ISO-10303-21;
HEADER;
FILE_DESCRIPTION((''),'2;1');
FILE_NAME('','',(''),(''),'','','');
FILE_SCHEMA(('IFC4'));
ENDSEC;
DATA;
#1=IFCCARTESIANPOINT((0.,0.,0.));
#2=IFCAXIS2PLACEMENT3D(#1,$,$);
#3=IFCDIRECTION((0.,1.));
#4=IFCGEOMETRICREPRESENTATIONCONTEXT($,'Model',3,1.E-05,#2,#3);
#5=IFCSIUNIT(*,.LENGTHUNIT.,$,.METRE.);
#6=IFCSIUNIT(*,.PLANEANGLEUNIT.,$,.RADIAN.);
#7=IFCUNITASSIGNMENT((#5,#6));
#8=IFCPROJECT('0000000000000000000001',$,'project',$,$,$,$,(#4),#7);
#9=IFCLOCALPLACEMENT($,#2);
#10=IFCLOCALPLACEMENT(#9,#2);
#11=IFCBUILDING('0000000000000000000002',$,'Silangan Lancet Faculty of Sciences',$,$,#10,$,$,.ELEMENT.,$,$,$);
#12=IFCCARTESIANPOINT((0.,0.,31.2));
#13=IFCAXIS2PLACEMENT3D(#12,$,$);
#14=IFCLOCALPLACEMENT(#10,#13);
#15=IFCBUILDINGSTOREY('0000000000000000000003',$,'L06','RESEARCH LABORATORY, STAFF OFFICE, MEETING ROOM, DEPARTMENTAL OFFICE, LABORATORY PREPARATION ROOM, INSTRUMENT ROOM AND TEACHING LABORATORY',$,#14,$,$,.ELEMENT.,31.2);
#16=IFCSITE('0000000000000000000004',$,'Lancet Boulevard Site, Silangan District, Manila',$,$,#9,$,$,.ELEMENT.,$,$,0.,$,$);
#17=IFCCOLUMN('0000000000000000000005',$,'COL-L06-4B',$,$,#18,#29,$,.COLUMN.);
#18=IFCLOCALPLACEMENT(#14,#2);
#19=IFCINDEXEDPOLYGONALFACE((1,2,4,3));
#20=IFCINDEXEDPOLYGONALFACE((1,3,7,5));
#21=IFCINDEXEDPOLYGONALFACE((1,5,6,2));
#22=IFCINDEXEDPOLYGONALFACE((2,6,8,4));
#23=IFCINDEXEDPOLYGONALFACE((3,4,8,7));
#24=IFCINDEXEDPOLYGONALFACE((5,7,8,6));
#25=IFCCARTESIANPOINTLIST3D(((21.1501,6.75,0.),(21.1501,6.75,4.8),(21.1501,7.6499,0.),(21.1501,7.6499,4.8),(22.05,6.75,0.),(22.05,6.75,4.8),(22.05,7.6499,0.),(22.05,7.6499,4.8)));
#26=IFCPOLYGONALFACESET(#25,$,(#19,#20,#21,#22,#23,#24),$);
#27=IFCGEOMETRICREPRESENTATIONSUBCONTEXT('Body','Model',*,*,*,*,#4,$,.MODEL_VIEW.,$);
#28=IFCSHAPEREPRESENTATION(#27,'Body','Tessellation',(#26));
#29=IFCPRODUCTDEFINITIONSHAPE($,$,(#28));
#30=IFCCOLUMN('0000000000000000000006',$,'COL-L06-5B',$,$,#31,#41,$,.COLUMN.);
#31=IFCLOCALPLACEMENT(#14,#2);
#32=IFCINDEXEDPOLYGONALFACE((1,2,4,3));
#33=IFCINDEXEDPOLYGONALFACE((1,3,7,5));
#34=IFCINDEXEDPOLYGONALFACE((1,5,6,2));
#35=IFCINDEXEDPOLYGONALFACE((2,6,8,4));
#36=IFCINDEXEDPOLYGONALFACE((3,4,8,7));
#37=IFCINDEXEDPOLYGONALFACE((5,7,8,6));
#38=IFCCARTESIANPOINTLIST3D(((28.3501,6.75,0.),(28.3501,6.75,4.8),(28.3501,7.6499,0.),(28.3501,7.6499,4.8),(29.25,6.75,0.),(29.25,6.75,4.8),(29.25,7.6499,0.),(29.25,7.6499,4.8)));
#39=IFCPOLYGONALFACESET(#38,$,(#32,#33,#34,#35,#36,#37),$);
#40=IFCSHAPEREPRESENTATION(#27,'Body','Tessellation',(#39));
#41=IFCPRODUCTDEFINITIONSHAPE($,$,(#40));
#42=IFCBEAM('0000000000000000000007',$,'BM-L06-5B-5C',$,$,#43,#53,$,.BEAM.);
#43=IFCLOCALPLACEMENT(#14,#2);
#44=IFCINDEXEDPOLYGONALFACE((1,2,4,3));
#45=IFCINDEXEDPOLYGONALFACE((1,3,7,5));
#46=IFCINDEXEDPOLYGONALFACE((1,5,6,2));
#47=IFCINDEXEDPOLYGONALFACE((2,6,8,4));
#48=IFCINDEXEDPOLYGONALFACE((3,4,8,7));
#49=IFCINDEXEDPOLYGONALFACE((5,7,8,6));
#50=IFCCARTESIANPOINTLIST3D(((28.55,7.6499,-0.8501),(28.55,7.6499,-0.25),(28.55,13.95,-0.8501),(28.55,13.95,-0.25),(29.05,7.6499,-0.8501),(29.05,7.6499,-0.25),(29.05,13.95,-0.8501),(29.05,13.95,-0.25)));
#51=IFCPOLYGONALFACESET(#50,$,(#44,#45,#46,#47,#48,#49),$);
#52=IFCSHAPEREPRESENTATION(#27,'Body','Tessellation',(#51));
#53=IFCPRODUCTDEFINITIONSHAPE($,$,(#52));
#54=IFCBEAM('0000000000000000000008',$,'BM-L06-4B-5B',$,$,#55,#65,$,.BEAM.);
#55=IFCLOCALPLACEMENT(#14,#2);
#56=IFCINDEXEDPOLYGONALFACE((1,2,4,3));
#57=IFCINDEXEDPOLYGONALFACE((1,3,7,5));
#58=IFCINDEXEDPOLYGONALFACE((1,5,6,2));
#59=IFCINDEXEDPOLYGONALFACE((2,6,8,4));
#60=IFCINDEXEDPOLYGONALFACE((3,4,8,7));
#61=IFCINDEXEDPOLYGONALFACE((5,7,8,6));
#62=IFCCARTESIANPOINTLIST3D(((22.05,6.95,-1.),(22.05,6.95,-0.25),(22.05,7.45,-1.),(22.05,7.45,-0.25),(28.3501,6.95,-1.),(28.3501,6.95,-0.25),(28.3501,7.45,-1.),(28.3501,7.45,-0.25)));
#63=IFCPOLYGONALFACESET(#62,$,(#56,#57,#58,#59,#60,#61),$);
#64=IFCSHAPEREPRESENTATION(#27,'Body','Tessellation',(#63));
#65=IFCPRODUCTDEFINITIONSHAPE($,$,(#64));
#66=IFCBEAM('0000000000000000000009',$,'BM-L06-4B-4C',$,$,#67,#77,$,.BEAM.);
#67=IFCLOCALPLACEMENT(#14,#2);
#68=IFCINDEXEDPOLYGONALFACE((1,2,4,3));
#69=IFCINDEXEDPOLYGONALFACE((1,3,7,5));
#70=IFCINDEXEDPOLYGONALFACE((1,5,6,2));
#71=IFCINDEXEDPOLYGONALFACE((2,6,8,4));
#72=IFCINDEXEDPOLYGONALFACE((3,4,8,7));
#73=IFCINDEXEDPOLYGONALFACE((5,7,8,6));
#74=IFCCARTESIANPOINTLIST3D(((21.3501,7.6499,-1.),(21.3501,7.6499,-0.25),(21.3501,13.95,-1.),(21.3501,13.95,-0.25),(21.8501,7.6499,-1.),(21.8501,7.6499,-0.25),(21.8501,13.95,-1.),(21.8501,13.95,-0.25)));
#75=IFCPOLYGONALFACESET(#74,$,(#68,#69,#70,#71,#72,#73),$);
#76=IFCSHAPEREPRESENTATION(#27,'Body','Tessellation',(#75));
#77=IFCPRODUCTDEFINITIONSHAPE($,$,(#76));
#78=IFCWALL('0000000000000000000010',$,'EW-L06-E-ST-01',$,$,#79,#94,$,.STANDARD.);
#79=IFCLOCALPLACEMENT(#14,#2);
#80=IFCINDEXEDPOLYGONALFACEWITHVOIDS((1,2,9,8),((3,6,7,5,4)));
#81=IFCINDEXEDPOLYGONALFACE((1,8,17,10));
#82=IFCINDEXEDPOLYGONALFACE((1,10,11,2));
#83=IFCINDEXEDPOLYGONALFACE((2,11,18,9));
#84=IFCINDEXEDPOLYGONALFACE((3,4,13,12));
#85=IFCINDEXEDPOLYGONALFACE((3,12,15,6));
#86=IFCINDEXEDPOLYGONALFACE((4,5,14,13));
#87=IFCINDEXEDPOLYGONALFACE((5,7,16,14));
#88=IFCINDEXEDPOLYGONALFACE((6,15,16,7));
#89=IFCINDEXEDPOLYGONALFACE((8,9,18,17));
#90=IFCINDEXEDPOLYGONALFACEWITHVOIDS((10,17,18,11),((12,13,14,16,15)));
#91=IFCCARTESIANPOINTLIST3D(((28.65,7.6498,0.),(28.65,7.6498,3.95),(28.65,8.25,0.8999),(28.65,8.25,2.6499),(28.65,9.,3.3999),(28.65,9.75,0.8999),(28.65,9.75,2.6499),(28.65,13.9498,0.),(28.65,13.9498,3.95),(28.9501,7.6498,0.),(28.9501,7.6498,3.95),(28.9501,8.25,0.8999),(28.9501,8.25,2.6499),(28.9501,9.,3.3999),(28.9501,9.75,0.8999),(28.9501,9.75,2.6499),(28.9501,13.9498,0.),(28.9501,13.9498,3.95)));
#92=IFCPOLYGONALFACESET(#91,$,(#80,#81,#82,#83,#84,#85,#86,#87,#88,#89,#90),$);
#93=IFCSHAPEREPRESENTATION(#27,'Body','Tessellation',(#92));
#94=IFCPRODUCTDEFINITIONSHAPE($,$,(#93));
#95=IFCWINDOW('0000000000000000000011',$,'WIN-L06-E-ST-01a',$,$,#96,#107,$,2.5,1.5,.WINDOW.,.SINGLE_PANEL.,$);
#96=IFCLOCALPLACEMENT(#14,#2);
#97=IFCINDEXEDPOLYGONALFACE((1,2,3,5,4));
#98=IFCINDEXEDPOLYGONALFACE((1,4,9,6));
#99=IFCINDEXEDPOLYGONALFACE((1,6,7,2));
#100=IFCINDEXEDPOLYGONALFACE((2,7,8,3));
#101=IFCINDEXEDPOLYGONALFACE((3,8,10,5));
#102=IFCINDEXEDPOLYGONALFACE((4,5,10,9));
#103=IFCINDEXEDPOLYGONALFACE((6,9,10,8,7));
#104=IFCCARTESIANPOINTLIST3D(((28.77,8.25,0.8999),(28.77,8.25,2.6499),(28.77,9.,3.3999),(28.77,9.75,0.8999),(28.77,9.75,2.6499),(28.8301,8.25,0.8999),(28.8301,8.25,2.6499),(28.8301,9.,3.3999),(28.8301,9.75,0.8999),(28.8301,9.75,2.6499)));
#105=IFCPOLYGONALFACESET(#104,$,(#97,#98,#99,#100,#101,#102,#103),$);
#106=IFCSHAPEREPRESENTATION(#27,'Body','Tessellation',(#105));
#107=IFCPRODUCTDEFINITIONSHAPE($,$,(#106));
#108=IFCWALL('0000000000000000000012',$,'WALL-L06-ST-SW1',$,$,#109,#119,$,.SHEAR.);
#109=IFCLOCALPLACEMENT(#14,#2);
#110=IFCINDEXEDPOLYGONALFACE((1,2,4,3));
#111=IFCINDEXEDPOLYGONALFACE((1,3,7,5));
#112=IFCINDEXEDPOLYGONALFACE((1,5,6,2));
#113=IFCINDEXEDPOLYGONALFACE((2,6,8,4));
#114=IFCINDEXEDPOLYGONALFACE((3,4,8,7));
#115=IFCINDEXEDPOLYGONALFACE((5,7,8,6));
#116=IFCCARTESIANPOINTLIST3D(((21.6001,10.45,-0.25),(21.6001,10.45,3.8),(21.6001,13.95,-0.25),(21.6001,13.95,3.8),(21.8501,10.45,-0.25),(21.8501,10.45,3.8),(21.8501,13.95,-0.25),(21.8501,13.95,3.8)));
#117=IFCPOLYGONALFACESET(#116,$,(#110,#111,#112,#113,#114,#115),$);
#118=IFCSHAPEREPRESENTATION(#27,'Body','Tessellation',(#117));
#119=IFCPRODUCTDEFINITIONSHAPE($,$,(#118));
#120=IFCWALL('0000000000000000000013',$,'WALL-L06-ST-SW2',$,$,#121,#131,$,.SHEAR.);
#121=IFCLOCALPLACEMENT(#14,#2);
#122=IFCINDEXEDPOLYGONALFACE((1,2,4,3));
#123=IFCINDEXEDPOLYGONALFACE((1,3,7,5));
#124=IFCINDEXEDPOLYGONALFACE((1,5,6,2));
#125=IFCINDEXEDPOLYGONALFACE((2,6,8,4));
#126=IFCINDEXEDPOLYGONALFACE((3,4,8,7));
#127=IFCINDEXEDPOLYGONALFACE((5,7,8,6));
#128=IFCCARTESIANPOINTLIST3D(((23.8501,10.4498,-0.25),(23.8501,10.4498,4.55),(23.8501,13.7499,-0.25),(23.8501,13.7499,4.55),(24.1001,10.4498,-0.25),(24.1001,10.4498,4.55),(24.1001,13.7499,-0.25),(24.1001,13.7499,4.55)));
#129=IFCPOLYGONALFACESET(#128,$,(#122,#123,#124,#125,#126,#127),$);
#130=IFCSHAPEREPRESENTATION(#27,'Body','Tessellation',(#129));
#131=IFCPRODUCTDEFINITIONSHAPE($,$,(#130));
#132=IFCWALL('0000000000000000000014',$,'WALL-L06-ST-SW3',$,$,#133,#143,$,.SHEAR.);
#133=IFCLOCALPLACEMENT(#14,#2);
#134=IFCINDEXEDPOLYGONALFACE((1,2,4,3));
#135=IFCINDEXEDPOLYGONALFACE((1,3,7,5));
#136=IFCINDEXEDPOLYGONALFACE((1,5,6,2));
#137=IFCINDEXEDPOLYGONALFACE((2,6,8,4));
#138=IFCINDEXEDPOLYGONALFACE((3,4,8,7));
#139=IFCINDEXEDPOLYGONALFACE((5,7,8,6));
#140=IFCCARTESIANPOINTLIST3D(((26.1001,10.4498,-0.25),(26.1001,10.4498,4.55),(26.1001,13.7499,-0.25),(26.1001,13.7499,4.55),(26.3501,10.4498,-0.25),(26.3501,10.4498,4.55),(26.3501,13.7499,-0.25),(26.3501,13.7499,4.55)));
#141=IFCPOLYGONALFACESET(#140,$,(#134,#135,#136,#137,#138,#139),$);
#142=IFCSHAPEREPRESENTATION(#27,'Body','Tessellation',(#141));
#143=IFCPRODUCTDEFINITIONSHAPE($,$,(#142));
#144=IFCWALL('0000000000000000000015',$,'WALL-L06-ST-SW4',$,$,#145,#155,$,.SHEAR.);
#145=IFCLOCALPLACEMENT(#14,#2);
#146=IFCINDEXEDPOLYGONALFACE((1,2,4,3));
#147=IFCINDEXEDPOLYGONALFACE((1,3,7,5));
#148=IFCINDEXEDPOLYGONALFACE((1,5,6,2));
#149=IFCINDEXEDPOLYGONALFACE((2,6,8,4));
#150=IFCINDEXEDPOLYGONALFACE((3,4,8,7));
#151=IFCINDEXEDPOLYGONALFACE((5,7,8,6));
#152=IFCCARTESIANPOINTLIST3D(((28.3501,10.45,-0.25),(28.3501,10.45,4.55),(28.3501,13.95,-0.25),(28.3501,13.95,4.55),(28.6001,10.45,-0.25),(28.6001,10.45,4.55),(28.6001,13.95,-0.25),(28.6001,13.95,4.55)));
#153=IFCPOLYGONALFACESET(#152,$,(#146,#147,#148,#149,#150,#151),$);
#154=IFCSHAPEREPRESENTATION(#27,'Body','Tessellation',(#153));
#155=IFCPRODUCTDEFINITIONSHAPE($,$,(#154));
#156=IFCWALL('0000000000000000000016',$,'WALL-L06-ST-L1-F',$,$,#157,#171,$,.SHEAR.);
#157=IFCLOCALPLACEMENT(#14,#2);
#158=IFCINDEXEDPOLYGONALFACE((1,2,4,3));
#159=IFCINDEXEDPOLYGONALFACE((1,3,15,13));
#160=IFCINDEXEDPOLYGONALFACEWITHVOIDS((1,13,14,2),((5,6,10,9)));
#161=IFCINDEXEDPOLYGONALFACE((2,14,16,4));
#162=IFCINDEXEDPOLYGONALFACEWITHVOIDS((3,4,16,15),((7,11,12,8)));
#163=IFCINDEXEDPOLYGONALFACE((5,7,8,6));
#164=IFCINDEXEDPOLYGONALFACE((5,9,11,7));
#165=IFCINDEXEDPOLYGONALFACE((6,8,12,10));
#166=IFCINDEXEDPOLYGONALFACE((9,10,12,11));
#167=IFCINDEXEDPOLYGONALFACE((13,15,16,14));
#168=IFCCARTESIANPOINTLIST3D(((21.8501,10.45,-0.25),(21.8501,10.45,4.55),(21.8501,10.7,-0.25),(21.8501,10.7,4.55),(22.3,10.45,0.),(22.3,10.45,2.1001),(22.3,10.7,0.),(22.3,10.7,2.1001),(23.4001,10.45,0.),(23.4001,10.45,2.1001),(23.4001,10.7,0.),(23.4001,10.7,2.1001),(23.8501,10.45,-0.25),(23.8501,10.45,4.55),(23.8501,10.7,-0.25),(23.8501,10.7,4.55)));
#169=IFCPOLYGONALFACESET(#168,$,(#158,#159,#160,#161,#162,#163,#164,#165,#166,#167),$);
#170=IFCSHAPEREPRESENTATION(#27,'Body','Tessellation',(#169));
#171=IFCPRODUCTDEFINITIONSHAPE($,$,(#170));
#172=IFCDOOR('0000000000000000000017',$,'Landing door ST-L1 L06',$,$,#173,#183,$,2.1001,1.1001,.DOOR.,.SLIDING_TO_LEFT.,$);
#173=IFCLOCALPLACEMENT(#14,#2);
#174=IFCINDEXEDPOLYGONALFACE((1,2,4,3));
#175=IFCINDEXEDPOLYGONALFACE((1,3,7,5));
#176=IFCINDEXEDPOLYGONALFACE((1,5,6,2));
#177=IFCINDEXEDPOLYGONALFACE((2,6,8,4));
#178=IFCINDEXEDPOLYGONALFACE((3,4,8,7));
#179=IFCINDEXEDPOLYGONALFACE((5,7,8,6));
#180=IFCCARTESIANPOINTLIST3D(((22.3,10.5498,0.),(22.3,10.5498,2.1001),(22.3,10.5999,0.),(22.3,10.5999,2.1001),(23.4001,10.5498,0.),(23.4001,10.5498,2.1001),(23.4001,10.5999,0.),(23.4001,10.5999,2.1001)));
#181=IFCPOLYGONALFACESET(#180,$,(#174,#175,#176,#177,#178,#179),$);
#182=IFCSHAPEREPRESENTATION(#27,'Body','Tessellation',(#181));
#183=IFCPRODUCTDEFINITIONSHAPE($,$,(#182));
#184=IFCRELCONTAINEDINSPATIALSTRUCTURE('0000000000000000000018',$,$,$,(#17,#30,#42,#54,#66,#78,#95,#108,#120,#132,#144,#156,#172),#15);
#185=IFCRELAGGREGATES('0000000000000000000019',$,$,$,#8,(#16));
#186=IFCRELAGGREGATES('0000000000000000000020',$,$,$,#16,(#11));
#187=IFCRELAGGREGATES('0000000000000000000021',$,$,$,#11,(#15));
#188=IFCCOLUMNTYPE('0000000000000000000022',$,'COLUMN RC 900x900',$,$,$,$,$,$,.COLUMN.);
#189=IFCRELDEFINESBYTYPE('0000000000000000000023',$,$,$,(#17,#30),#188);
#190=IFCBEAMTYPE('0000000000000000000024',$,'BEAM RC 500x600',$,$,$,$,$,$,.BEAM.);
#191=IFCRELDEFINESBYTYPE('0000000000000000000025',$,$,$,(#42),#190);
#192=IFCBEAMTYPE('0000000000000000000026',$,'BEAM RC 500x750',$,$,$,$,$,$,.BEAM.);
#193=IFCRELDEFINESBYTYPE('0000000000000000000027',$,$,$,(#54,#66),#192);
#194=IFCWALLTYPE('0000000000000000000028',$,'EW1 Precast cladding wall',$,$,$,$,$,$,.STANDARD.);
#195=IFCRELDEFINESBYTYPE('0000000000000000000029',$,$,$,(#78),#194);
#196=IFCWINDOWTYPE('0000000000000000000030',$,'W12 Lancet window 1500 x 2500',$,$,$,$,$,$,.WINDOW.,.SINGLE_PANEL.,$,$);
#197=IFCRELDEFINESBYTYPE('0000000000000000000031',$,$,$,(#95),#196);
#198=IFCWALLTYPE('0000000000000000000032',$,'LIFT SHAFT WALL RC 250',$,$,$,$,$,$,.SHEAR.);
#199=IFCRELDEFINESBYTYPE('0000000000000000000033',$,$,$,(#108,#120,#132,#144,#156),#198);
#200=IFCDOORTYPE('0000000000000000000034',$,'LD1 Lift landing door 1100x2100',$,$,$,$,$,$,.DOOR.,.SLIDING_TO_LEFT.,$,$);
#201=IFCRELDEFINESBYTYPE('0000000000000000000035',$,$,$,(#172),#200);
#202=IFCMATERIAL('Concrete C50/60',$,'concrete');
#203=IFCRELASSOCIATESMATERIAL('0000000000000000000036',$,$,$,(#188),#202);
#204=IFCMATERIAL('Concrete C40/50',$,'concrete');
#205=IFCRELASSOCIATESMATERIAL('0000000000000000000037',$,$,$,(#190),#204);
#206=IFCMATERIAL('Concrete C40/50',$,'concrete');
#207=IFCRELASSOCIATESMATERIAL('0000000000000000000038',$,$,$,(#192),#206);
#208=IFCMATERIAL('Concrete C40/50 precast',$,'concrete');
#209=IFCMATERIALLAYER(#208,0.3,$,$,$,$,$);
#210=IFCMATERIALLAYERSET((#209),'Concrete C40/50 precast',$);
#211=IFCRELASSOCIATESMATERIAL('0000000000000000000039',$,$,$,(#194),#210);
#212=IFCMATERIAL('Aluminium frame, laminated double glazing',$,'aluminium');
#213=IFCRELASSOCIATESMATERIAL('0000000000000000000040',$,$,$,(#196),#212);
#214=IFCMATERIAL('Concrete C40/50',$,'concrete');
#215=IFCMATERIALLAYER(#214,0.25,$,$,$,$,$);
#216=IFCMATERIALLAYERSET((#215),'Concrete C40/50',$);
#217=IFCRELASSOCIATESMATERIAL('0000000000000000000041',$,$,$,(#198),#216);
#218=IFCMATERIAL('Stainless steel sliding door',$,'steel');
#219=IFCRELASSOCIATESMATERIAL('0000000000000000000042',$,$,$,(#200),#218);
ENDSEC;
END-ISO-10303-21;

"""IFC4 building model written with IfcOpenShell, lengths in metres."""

from ifc_helpers import new_model, si_unit, direction, frame, frame_2d, origin, origin_2d, place, context, subcontext, project, spatial, polyline, rectangle, outline, extrude, material, layer, layer_set, material_profile, profile_set, type_object, element, fill, save


model = new_model("IFC4")

# Units and contexts
model_context = context("Model", 3, precision=1e-05, world=origin(), true_north=direction((0.0, 1.0)))
body_context = subcontext(model_context, "Body", "Model", "MODEL_VIEW")
ifc_project = project(units=[si_unit("LENGTHUNIT", "METRE"), si_unit("PLANEANGLEUNIT", "RADIAN")], contexts=[model_context])

# Site, building, storey
site_placement = place(None, origin())
site = spatial("IfcSite", under=ifc_project, at=site_placement, Name="Lancet Boulevard Site, Silangan District, Manila", CompositionType="ELEMENT", RefElevation=0.0)
building_placement = place(site_placement, origin())
building = spatial("IfcBuilding", under=site, at=building_placement, Name="Silangan Lancet Faculty of Sciences", CompositionType="ELEMENT")
storey_placement = place(building_placement, frame((0.0, 0.0, 31.2)))
storey = spatial("IfcBuildingStorey", under=building, at=storey_placement, Name="L06", Description="RESEARCH LABORATORY, STAFF OFFICE, MEETING ROOM, DEPARTMENTAL OFFICE, LABORATORY PREPARATION ROOM, INSTRUMENT ROOM AND TEACHING LABORATORY", CompositionType="ELEMENT", Elevation=31.2)

# Columns
ifc_material_1 = material(Name="Concrete C50/60", Category="concrete")
ifc_material_profile_1 = material_profile(ifc_material_1, rectangle(XDim=0.8999, YDim=0.8999, at=origin_2d()), Name="RC 900x900")
ifc_profile_set_1 = profile_set([ifc_material_profile_1], Name="Concrete C50/60")
column_type = type_object("IfcColumnType", Name="COLUMN RC 900x900", PredefinedType="COLUMN", material=ifc_profile_set_1)
for number, where, z_axis, x_axis, name in (
    (1, (21.6001, 7.2, 0.0), (0.0, 0.0, 1.0), (1.0, 0.0, 0.0), "COL-L06-4B"),
    (2, (28.8, 7.2, 0.0), (0.0, 0.0, 1.0), (1.0, 0.0, 0.0), "COL-L06-5B"),
):
    element("IfcColumn", number, at=place(storey_placement, frame(where, z_axis=z_axis, x_axis=x_axis)), inside=storey, type_object=column_type, Name=name, PredefinedType="COLUMN", context=body_context, shape_type="SweptSolid", body=[
        extrude(rectangle(XDim=0.8999, YDim=0.8999, at=origin_2d()), origin(), (0.0, 0.0, 1.0), 4.8),
    ])

# Beams
ifc_material_2 = material(Name="Concrete C40/50", Category="concrete")
ifc_material_profile_2 = material_profile(ifc_material_2, rectangle(XDim=0.5, YDim=0.6001, at=origin_2d()), Name="RC 500x600")
ifc_profile_set_2 = profile_set([ifc_material_profile_2], Name="Concrete C40/50")
beam_type_1 = type_object("IfcBeamType", Name="BEAM RC 500x600", PredefinedType="BEAM", material=ifc_profile_set_2)
beam_placement = place(storey_placement, frame((28.8, 7.6499, -0.55), z_axis=(0.0, 1.0, 0.0), x_axis=(-1.0, 0.0, 0.0)))
element("IfcBeam", 3, at=beam_placement, inside=storey, type_object=beam_type_1, Name="BM-L06-5B-5C", PredefinedType="BEAM", context=body_context, shape_type="SweptSolid", body=[
    extrude(rectangle(XDim=0.5, YDim=0.6001, at=origin_2d()), origin(), (0.0, 0.0, 1.0), 6.3),
])
ifc_material_3 = material(Name="Concrete C40/50", Category="concrete")
ifc_material_profile_3 = material_profile(ifc_material_3, rectangle(XDim=0.5, YDim=0.75, at=origin_2d()), Name="RC 500x750")
ifc_profile_set_3 = profile_set([ifc_material_profile_3], Name="Concrete C40/50")
beam_type_2 = type_object("IfcBeamType", Name="BEAM RC 500x750", PredefinedType="BEAM", material=ifc_profile_set_3)
for number, where, z_axis, x_axis, name in (
    (4, (22.05, 7.2, -0.625), (1.0, 0.0, 0.0), (0.0, 1.0, 0.0), "BM-L06-4B-5B"),
    (5, (21.6001, 7.6499, -0.625), (0.0, 1.0, 0.0), (-1.0, 0.0, 0.0), "BM-L06-4B-4C"),
):
    element("IfcBeam", number, at=place(storey_placement, frame(where, z_axis=z_axis, x_axis=x_axis)), inside=storey, type_object=beam_type_2, Name=name, PredefinedType="BEAM", context=body_context, shape_type="SweptSolid", body=[
        extrude(rectangle(XDim=0.5, YDim=0.75, at=origin_2d()), origin(), (0.0, 0.0, 1.0), 6.3),
    ])

# Wall, opening, window
ifc_material_4 = material(Name="Concrete C40/50 precast", Category="concrete")
ifc_layer_1 = layer(ifc_material_4, 0.3)
ifc_layer_set_1 = layer_set([ifc_layer_1], Name="Concrete C40/50 precast")
wall_type_1 = type_object("IfcWallType", Name="EW1 Precast cladding wall", PredefinedType="STANDARD", material=ifc_layer_set_1)
wall_1_placement = place(storey_placement, frame((28.8, 7.6499, 0.0), z_axis=(0.0, 0.0, 1.0), x_axis=(0.0, 1.0, 0.0)))
wall_1 = element("IfcWall", 6, at=wall_1_placement, inside=storey, type_object=wall_type_1, Name="EW-L06-E-ST-01", PredefinedType="STANDARD", context=body_context, shape_type="SweptSolid", body=[
    extrude(rectangle(XDim=6.3, YDim=0.3, at=frame_2d((3.1499, 0.0))), origin(), (0.0, 0.0, 1.0), 3.95),
])
opening_1_placement = place(wall_1_placement, frame((0.6001, 0.0, 0.8999)))
opening_1 = element("IfcOpeningElement", 7, at=opening_1_placement, cuts=wall_1, PredefinedType="OPENING", context=body_context, shape_type="SweptSolid", body=[
    extrude(outline(polyline([(0.0, 0.0), (1.5, 0.0), (1.5, 1.75), (0.75, 2.5), (0.0, 1.75), (0.0, 0.0)])), frame((0.0, 0.1599, 0.0), z_axis=(0.0, -1.0, 0.0), x_axis=(1.0, 0.0, 0.0)), (0.0, 0.0, 1.0), 0.3201),
])
ifc_material_5 = material(Name="Aluminium frame, laminated double glazing", Category="aluminium")
window_type = type_object("IfcWindowType", Name="W12 Lancet window 1500 x 2500", PartitioningType="SINGLE_PANEL", PredefinedType="WINDOW", material=ifc_material_5)
window_placement = place(opening_1_placement, origin())
window = element("IfcWindow", 8, at=window_placement, inside=storey, type_object=window_type, Name="WIN-L06-E-ST-01a", OverallHeight=2.5, OverallWidth=1.5, PartitioningType="SINGLE_PANEL", PredefinedType="WINDOW", context=body_context, shape_type="SweptSolid", body=[
    extrude(outline(polyline([(0.0, 0.0), (1.5, 0.0), (1.5, 1.75), (0.75, 2.5), (0.0, 1.75), (0.0, 0.0)])), frame((0.0, 0.03, 0.0), z_axis=(0.0, -1.0, 0.0), x_axis=(1.0, 0.0, 0.0)), (0.0, 0.0, 1.0), 0.0601),
])
fill(opening_1, window)

# Walls
ifc_material_6 = material(Name="Concrete C40/50", Category="concrete")
ifc_layer_2 = layer(ifc_material_6, 0.25)
ifc_layer_set_2 = layer_set([ifc_layer_2], Name="Concrete C40/50")
wall_type_2 = type_object("IfcWallType", Name="LIFT SHAFT WALL RC 250", PredefinedType="SHEAR", material=ifc_layer_set_2)
wall_2_placement = place(storey_placement, frame((21.7251, 10.45, -0.25), z_axis=(0.0, 0.0, 1.0), x_axis=(0.0, 1.0, 0.0)))
element("IfcWall", 9, at=wall_2_placement, inside=storey, type_object=wall_type_2, Name="WALL-L06-ST-SW1", PredefinedType="SHEAR", context=body_context, shape_type="SweptSolid", body=[
    extrude(rectangle(XDim=3.5, YDim=0.25, at=frame_2d((1.75, 0.0))), origin(), (0.0, 0.0, 1.0), 4.05),
])
for number, where, z_axis, x_axis, name in (
    (10, (23.9751, 10.45, -0.25), (0.0, 0.0, 1.0), (0.0, 1.0, 0.0), "WALL-L06-ST-SW2"),
    (11, (26.2251, 10.45, -0.25), (0.0, 0.0, 1.0), (0.0, 1.0, 0.0), "WALL-L06-ST-SW3"),
):
    element("IfcWall", number, at=place(storey_placement, frame(where, z_axis=z_axis, x_axis=x_axis)), inside=storey, type_object=wall_type_2, Name=name, PredefinedType="SHEAR", context=body_context, shape_type="SweptSolid", body=[
        extrude(rectangle(XDim=3.3, YDim=0.25, at=frame_2d((1.6499, 0.0))), origin(), (0.0, 0.0, 1.0), 4.8),
    ])
wall_3_placement = place(storey_placement, frame((28.4751, 10.45, -0.25), z_axis=(0.0, 0.0, 1.0), x_axis=(0.0, 1.0, 0.0)))
element("IfcWall", 12, at=wall_3_placement, inside=storey, type_object=wall_type_2, Name="WALL-L06-ST-SW4", PredefinedType="SHEAR", context=body_context, shape_type="SweptSolid", body=[
    extrude(rectangle(XDim=3.5, YDim=0.25, at=frame_2d((1.75, 0.0))), origin(), (0.0, 0.0, 1.0), 4.8),
])

# Wall, opening, door
wall_4_placement = place(storey_placement, frame((21.8501, 10.575, -0.25), z_axis=(0.0, 0.0, 1.0), x_axis=(1.0, 0.0, 0.0)))
wall_4 = element("IfcWall", 13, at=wall_4_placement, inside=storey, type_object=wall_type_2, Name="WALL-L06-ST-L1-F", PredefinedType="SHEAR", context=body_context, shape_type="SweptSolid", body=[
    extrude(rectangle(XDim=2.0, YDim=0.25, at=frame_2d((1.0, 0.0))), origin(), (0.0, 0.0, 1.0), 4.8),
])
opening_2_placement = place(wall_4_placement, frame((0.45, 0.0, 0.25)))
opening_2 = element("IfcOpeningElement", 14, at=opening_2_placement, cuts=wall_4, PredefinedType="OPENING", context=body_context, shape_type="SweptSolid", body=[
    extrude(rectangle(XDim=1.1001, YDim=2.1001, at=frame_2d((0.55, 1.05))), frame((0.0, 0.135, 0.0), z_axis=(0.0, -1.0, 0.0), x_axis=(1.0, 0.0, 0.0)), (0.0, 0.0, 1.0), 0.27),
])
ifc_material_7 = material(Name="Stainless steel sliding door", Category="steel")
door_type_1 = type_object("IfcDoorType", Name="LD1 Lift landing door 1100x2100", OperationType="SLIDING_TO_LEFT", PredefinedType="DOOR", material=ifc_material_7)
door_1_placement = place(opening_2_placement, origin())
door_1 = element("IfcDoor", 15, at=door_1_placement, inside=storey, type_object=door_type_1, Name="Landing door ST-L1 L06", OperationType="SLIDING_TO_LEFT", OverallHeight=2.1001, OverallWidth=1.1001, PredefinedType="DOOR", context=body_context, shape_type="SweptSolid", body=[
    extrude(rectangle(XDim=1.1001, YDim=2.1001, at=frame_2d((0.55, 1.05))), frame((0.0, 0.0249, 0.0), z_axis=(0.0, -1.0, 0.0), x_axis=(1.0, 0.0, 0.0)), (0.0, 0.0, 1.0), 0.05),
])
fill(opening_2, door_1)

save(model, "model.ifc")
